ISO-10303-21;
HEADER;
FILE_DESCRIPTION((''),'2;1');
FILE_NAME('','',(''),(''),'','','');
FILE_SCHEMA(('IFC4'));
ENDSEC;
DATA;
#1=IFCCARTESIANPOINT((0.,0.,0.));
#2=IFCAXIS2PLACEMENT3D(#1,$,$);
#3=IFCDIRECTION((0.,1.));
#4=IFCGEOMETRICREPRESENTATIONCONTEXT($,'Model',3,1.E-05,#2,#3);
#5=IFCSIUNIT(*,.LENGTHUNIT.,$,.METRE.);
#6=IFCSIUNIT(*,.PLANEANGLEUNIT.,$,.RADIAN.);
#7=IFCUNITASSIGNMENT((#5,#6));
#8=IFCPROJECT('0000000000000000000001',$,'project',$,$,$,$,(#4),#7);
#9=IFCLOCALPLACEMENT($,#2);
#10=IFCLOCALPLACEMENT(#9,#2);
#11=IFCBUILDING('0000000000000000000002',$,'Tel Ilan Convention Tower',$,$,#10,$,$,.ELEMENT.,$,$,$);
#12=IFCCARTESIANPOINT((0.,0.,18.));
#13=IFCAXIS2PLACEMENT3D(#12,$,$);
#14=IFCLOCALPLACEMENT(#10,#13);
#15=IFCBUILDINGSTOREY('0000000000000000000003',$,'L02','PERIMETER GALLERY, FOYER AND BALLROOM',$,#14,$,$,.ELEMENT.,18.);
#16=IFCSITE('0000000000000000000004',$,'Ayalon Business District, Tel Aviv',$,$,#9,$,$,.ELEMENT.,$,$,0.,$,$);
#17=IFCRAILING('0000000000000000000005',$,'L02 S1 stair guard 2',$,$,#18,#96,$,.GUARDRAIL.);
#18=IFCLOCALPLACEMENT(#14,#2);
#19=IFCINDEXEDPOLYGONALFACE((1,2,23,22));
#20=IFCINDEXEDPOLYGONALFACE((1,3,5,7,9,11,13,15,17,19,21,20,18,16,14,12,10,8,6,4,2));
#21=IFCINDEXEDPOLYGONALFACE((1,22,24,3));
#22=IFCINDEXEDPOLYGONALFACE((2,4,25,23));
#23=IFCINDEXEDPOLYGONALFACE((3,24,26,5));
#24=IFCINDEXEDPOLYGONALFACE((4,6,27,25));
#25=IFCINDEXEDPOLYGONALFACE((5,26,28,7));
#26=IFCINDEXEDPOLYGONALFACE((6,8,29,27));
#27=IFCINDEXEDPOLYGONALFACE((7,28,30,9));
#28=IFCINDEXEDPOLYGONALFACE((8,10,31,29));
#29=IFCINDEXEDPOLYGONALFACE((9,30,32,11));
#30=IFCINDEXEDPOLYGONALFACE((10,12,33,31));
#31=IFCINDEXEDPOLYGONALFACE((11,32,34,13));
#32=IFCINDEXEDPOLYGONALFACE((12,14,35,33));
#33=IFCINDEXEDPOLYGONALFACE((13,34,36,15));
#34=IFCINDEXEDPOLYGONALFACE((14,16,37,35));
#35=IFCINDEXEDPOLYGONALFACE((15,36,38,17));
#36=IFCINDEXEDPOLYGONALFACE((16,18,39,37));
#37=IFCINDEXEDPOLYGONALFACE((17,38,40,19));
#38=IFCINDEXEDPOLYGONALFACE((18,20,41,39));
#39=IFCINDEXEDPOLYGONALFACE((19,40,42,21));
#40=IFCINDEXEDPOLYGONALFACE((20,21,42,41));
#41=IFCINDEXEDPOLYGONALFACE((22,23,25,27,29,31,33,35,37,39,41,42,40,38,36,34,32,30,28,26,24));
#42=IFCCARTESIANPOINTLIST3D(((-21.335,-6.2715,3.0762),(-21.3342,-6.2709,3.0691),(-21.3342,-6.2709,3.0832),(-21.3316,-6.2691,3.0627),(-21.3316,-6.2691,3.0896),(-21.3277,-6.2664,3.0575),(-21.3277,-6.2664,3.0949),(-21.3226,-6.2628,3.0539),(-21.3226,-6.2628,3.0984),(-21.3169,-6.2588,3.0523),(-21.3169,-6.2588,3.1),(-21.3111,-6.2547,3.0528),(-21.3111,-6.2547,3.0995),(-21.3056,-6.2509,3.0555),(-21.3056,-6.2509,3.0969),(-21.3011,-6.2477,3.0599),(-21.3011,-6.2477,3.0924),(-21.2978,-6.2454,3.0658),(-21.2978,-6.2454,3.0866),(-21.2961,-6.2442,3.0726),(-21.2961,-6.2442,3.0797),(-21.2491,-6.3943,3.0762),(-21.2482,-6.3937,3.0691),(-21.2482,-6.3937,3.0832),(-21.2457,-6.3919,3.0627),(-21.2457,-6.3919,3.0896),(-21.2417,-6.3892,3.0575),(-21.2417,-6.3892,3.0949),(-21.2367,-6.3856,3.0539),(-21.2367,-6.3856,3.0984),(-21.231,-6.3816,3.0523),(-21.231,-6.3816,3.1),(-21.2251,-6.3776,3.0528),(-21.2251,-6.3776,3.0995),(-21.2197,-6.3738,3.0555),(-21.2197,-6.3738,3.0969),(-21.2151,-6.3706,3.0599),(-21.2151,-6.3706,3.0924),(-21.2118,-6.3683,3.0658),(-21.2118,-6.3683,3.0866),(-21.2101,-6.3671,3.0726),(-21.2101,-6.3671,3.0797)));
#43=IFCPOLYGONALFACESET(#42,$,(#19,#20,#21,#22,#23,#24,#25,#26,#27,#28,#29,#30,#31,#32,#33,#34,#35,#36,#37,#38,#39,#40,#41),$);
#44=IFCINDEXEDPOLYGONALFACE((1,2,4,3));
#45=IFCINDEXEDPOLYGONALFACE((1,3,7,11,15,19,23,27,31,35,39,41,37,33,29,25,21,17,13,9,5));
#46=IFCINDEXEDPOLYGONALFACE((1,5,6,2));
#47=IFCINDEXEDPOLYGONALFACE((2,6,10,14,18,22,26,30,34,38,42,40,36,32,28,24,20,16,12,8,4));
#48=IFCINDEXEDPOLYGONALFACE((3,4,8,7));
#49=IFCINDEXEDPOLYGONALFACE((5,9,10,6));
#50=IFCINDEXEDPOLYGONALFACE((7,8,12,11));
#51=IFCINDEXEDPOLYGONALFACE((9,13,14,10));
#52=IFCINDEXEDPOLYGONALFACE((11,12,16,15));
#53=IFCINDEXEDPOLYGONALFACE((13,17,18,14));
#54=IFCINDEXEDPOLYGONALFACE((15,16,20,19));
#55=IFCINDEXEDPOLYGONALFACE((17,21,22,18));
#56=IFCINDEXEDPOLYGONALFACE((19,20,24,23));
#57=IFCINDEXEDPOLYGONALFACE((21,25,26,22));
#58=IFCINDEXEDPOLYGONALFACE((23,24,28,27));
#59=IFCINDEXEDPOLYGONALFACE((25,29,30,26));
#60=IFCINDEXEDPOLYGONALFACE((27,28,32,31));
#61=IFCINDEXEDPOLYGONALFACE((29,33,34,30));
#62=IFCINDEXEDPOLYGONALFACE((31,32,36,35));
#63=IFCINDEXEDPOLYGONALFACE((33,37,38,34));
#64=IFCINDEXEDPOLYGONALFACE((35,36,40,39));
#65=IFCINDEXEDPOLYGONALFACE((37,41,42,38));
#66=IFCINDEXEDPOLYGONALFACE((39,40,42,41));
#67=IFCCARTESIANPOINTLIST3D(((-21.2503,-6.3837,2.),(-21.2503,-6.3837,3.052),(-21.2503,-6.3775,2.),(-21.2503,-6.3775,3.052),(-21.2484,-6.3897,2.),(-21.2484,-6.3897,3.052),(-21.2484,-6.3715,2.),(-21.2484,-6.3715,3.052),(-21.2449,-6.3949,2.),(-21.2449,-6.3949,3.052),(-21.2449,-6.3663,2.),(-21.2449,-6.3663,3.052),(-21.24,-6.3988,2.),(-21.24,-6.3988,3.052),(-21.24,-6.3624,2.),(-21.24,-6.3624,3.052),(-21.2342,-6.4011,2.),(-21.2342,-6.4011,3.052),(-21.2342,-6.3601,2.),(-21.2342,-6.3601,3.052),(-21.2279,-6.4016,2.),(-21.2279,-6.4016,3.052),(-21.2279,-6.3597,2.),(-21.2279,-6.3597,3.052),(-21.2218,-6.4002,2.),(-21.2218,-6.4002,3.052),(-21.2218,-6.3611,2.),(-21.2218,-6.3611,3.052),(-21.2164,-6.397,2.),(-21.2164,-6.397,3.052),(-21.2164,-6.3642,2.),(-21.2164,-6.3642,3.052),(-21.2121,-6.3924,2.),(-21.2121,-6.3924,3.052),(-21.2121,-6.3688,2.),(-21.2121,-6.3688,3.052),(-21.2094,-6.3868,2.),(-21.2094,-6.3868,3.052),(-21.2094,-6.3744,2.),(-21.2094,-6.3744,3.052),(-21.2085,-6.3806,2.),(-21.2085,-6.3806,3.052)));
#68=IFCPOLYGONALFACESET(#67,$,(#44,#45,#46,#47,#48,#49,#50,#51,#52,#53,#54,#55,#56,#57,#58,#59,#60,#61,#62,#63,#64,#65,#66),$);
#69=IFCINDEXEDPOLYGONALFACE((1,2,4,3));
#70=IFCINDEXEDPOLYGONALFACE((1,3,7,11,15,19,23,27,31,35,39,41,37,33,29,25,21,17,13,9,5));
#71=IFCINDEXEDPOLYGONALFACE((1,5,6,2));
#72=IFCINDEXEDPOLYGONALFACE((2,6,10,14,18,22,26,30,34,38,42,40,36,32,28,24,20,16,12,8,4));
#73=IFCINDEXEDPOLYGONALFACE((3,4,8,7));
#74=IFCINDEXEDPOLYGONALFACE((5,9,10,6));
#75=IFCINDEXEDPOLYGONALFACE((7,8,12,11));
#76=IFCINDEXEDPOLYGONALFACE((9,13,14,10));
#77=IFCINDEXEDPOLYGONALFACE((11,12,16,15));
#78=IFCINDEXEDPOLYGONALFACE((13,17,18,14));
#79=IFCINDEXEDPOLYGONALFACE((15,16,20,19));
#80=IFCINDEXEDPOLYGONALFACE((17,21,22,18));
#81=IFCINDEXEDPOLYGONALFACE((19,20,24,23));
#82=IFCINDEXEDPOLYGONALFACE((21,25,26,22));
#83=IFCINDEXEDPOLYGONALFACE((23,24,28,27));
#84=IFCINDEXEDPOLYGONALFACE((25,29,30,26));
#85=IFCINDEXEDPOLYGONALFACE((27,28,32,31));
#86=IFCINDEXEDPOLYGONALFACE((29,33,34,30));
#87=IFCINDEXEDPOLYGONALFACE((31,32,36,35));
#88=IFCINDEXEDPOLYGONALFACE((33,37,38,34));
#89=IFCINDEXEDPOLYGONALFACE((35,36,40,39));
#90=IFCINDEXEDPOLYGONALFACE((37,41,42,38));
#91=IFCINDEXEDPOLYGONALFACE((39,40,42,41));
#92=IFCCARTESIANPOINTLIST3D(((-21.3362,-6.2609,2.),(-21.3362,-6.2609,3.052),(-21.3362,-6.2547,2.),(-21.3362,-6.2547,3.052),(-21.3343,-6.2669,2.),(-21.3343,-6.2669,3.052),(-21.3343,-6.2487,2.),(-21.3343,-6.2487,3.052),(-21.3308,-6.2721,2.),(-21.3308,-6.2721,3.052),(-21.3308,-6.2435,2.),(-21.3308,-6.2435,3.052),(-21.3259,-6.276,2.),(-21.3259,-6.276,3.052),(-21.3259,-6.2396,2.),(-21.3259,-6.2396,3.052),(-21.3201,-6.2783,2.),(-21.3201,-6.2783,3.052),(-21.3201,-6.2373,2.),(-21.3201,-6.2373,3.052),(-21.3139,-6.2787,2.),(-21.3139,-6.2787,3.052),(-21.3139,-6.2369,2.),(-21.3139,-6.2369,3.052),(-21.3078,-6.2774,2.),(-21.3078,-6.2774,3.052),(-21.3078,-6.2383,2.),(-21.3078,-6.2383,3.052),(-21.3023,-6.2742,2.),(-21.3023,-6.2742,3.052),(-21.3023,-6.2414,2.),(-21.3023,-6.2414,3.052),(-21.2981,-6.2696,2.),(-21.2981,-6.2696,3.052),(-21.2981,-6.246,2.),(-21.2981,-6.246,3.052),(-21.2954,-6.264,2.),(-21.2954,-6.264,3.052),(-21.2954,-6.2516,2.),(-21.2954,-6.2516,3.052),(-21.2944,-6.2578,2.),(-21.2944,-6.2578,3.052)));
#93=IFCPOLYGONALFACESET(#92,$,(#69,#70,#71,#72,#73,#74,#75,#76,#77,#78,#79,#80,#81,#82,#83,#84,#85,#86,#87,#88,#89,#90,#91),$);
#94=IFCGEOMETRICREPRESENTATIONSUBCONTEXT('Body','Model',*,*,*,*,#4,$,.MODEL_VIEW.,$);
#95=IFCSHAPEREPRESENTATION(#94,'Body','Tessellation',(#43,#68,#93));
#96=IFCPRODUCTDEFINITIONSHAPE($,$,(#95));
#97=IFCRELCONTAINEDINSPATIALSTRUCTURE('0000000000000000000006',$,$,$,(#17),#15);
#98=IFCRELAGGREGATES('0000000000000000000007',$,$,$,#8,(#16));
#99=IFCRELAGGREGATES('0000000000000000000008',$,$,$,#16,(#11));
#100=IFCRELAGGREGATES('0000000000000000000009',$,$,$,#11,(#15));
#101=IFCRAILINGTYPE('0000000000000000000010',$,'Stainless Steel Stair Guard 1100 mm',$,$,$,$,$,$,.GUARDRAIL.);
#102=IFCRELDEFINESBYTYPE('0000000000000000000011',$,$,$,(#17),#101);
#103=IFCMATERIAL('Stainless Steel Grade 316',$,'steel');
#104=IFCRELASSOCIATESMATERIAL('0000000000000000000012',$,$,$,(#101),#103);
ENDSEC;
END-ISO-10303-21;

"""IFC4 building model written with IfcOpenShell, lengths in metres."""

from ifc_helpers import new_model, si_unit, direction, frame, origin, origin_2d, place, context, subcontext, project, spatial, circle, extrude, material, type_object, element, save


model = new_model("IFC4")

# Units and contexts
model_context = context("Model", 3, precision=1e-05, world=origin(), true_north=direction((0.0, 1.0)))
body_context = subcontext(model_context, "Body", "Model", "MODEL_VIEW")
ifc_project = project(units=[si_unit("LENGTHUNIT", "METRE"), si_unit("PLANEANGLEUNIT", "RADIAN")], contexts=[model_context])

# Site, building, storey
site_placement = place(None, origin())
site = spatial("IfcSite", under=ifc_project, at=site_placement, Name="Ayalon Business District, Tel Aviv", CompositionType="ELEMENT", RefElevation=0.0)
building_placement = place(site_placement, origin())
building = spatial("IfcBuilding", under=site, at=building_placement, Name="Tel Ilan Convention Tower", CompositionType="ELEMENT")
storey_placement = place(building_placement, frame((0.0, 0.0, 18.0)))
storey = spatial("IfcBuildingStorey", under=building, at=storey_placement, Name="L02", Description="PERIMETER GALLERY, FOYER AND BALLROOM", CompositionType="ELEMENT", Elevation=18.0)

# Railing
ifc_material_1 = material(Name="Stainless Steel Grade 316", Category="steel")
railing_type_1 = type_object("IfcRailingType", Name="Stainless Steel Stair Guard 1100 mm", PredefinedType="GUARDRAIL", material=ifc_material_1)
railing_1_placement = place(storey_placement, frame((-21.2295, -6.3806, 2.0)))
element("IfcRailing", 1, at=railing_1_placement, inside=storey, type_object=railing_type_1, Name="L02 S1 stair guard 2", PredefinedType="GUARDRAIL", context=body_context, shape_type="SweptSolid", body=[
    extrude(circle(Radius=0.0239, at=origin_2d()), frame((0.0, 0.0, 1.0762), z_axis=(-0.573353, 0.819308, 0.0), x_axis=(-0.819308, -0.573353, 0.0)), (0.0, 0.0, 1.0), 0.1499),
    extrude(circle(Radius=0.021, at=origin_2d()), origin(), (0.0, 0.0, 1.0), 1.052),
    extrude(circle(Radius=0.021, at=origin_2d()), frame((-0.0859, 0.1228, 0.0)), (0.0, 0.0, 1.0), 1.052),
])

save(model, "model.ifc")
